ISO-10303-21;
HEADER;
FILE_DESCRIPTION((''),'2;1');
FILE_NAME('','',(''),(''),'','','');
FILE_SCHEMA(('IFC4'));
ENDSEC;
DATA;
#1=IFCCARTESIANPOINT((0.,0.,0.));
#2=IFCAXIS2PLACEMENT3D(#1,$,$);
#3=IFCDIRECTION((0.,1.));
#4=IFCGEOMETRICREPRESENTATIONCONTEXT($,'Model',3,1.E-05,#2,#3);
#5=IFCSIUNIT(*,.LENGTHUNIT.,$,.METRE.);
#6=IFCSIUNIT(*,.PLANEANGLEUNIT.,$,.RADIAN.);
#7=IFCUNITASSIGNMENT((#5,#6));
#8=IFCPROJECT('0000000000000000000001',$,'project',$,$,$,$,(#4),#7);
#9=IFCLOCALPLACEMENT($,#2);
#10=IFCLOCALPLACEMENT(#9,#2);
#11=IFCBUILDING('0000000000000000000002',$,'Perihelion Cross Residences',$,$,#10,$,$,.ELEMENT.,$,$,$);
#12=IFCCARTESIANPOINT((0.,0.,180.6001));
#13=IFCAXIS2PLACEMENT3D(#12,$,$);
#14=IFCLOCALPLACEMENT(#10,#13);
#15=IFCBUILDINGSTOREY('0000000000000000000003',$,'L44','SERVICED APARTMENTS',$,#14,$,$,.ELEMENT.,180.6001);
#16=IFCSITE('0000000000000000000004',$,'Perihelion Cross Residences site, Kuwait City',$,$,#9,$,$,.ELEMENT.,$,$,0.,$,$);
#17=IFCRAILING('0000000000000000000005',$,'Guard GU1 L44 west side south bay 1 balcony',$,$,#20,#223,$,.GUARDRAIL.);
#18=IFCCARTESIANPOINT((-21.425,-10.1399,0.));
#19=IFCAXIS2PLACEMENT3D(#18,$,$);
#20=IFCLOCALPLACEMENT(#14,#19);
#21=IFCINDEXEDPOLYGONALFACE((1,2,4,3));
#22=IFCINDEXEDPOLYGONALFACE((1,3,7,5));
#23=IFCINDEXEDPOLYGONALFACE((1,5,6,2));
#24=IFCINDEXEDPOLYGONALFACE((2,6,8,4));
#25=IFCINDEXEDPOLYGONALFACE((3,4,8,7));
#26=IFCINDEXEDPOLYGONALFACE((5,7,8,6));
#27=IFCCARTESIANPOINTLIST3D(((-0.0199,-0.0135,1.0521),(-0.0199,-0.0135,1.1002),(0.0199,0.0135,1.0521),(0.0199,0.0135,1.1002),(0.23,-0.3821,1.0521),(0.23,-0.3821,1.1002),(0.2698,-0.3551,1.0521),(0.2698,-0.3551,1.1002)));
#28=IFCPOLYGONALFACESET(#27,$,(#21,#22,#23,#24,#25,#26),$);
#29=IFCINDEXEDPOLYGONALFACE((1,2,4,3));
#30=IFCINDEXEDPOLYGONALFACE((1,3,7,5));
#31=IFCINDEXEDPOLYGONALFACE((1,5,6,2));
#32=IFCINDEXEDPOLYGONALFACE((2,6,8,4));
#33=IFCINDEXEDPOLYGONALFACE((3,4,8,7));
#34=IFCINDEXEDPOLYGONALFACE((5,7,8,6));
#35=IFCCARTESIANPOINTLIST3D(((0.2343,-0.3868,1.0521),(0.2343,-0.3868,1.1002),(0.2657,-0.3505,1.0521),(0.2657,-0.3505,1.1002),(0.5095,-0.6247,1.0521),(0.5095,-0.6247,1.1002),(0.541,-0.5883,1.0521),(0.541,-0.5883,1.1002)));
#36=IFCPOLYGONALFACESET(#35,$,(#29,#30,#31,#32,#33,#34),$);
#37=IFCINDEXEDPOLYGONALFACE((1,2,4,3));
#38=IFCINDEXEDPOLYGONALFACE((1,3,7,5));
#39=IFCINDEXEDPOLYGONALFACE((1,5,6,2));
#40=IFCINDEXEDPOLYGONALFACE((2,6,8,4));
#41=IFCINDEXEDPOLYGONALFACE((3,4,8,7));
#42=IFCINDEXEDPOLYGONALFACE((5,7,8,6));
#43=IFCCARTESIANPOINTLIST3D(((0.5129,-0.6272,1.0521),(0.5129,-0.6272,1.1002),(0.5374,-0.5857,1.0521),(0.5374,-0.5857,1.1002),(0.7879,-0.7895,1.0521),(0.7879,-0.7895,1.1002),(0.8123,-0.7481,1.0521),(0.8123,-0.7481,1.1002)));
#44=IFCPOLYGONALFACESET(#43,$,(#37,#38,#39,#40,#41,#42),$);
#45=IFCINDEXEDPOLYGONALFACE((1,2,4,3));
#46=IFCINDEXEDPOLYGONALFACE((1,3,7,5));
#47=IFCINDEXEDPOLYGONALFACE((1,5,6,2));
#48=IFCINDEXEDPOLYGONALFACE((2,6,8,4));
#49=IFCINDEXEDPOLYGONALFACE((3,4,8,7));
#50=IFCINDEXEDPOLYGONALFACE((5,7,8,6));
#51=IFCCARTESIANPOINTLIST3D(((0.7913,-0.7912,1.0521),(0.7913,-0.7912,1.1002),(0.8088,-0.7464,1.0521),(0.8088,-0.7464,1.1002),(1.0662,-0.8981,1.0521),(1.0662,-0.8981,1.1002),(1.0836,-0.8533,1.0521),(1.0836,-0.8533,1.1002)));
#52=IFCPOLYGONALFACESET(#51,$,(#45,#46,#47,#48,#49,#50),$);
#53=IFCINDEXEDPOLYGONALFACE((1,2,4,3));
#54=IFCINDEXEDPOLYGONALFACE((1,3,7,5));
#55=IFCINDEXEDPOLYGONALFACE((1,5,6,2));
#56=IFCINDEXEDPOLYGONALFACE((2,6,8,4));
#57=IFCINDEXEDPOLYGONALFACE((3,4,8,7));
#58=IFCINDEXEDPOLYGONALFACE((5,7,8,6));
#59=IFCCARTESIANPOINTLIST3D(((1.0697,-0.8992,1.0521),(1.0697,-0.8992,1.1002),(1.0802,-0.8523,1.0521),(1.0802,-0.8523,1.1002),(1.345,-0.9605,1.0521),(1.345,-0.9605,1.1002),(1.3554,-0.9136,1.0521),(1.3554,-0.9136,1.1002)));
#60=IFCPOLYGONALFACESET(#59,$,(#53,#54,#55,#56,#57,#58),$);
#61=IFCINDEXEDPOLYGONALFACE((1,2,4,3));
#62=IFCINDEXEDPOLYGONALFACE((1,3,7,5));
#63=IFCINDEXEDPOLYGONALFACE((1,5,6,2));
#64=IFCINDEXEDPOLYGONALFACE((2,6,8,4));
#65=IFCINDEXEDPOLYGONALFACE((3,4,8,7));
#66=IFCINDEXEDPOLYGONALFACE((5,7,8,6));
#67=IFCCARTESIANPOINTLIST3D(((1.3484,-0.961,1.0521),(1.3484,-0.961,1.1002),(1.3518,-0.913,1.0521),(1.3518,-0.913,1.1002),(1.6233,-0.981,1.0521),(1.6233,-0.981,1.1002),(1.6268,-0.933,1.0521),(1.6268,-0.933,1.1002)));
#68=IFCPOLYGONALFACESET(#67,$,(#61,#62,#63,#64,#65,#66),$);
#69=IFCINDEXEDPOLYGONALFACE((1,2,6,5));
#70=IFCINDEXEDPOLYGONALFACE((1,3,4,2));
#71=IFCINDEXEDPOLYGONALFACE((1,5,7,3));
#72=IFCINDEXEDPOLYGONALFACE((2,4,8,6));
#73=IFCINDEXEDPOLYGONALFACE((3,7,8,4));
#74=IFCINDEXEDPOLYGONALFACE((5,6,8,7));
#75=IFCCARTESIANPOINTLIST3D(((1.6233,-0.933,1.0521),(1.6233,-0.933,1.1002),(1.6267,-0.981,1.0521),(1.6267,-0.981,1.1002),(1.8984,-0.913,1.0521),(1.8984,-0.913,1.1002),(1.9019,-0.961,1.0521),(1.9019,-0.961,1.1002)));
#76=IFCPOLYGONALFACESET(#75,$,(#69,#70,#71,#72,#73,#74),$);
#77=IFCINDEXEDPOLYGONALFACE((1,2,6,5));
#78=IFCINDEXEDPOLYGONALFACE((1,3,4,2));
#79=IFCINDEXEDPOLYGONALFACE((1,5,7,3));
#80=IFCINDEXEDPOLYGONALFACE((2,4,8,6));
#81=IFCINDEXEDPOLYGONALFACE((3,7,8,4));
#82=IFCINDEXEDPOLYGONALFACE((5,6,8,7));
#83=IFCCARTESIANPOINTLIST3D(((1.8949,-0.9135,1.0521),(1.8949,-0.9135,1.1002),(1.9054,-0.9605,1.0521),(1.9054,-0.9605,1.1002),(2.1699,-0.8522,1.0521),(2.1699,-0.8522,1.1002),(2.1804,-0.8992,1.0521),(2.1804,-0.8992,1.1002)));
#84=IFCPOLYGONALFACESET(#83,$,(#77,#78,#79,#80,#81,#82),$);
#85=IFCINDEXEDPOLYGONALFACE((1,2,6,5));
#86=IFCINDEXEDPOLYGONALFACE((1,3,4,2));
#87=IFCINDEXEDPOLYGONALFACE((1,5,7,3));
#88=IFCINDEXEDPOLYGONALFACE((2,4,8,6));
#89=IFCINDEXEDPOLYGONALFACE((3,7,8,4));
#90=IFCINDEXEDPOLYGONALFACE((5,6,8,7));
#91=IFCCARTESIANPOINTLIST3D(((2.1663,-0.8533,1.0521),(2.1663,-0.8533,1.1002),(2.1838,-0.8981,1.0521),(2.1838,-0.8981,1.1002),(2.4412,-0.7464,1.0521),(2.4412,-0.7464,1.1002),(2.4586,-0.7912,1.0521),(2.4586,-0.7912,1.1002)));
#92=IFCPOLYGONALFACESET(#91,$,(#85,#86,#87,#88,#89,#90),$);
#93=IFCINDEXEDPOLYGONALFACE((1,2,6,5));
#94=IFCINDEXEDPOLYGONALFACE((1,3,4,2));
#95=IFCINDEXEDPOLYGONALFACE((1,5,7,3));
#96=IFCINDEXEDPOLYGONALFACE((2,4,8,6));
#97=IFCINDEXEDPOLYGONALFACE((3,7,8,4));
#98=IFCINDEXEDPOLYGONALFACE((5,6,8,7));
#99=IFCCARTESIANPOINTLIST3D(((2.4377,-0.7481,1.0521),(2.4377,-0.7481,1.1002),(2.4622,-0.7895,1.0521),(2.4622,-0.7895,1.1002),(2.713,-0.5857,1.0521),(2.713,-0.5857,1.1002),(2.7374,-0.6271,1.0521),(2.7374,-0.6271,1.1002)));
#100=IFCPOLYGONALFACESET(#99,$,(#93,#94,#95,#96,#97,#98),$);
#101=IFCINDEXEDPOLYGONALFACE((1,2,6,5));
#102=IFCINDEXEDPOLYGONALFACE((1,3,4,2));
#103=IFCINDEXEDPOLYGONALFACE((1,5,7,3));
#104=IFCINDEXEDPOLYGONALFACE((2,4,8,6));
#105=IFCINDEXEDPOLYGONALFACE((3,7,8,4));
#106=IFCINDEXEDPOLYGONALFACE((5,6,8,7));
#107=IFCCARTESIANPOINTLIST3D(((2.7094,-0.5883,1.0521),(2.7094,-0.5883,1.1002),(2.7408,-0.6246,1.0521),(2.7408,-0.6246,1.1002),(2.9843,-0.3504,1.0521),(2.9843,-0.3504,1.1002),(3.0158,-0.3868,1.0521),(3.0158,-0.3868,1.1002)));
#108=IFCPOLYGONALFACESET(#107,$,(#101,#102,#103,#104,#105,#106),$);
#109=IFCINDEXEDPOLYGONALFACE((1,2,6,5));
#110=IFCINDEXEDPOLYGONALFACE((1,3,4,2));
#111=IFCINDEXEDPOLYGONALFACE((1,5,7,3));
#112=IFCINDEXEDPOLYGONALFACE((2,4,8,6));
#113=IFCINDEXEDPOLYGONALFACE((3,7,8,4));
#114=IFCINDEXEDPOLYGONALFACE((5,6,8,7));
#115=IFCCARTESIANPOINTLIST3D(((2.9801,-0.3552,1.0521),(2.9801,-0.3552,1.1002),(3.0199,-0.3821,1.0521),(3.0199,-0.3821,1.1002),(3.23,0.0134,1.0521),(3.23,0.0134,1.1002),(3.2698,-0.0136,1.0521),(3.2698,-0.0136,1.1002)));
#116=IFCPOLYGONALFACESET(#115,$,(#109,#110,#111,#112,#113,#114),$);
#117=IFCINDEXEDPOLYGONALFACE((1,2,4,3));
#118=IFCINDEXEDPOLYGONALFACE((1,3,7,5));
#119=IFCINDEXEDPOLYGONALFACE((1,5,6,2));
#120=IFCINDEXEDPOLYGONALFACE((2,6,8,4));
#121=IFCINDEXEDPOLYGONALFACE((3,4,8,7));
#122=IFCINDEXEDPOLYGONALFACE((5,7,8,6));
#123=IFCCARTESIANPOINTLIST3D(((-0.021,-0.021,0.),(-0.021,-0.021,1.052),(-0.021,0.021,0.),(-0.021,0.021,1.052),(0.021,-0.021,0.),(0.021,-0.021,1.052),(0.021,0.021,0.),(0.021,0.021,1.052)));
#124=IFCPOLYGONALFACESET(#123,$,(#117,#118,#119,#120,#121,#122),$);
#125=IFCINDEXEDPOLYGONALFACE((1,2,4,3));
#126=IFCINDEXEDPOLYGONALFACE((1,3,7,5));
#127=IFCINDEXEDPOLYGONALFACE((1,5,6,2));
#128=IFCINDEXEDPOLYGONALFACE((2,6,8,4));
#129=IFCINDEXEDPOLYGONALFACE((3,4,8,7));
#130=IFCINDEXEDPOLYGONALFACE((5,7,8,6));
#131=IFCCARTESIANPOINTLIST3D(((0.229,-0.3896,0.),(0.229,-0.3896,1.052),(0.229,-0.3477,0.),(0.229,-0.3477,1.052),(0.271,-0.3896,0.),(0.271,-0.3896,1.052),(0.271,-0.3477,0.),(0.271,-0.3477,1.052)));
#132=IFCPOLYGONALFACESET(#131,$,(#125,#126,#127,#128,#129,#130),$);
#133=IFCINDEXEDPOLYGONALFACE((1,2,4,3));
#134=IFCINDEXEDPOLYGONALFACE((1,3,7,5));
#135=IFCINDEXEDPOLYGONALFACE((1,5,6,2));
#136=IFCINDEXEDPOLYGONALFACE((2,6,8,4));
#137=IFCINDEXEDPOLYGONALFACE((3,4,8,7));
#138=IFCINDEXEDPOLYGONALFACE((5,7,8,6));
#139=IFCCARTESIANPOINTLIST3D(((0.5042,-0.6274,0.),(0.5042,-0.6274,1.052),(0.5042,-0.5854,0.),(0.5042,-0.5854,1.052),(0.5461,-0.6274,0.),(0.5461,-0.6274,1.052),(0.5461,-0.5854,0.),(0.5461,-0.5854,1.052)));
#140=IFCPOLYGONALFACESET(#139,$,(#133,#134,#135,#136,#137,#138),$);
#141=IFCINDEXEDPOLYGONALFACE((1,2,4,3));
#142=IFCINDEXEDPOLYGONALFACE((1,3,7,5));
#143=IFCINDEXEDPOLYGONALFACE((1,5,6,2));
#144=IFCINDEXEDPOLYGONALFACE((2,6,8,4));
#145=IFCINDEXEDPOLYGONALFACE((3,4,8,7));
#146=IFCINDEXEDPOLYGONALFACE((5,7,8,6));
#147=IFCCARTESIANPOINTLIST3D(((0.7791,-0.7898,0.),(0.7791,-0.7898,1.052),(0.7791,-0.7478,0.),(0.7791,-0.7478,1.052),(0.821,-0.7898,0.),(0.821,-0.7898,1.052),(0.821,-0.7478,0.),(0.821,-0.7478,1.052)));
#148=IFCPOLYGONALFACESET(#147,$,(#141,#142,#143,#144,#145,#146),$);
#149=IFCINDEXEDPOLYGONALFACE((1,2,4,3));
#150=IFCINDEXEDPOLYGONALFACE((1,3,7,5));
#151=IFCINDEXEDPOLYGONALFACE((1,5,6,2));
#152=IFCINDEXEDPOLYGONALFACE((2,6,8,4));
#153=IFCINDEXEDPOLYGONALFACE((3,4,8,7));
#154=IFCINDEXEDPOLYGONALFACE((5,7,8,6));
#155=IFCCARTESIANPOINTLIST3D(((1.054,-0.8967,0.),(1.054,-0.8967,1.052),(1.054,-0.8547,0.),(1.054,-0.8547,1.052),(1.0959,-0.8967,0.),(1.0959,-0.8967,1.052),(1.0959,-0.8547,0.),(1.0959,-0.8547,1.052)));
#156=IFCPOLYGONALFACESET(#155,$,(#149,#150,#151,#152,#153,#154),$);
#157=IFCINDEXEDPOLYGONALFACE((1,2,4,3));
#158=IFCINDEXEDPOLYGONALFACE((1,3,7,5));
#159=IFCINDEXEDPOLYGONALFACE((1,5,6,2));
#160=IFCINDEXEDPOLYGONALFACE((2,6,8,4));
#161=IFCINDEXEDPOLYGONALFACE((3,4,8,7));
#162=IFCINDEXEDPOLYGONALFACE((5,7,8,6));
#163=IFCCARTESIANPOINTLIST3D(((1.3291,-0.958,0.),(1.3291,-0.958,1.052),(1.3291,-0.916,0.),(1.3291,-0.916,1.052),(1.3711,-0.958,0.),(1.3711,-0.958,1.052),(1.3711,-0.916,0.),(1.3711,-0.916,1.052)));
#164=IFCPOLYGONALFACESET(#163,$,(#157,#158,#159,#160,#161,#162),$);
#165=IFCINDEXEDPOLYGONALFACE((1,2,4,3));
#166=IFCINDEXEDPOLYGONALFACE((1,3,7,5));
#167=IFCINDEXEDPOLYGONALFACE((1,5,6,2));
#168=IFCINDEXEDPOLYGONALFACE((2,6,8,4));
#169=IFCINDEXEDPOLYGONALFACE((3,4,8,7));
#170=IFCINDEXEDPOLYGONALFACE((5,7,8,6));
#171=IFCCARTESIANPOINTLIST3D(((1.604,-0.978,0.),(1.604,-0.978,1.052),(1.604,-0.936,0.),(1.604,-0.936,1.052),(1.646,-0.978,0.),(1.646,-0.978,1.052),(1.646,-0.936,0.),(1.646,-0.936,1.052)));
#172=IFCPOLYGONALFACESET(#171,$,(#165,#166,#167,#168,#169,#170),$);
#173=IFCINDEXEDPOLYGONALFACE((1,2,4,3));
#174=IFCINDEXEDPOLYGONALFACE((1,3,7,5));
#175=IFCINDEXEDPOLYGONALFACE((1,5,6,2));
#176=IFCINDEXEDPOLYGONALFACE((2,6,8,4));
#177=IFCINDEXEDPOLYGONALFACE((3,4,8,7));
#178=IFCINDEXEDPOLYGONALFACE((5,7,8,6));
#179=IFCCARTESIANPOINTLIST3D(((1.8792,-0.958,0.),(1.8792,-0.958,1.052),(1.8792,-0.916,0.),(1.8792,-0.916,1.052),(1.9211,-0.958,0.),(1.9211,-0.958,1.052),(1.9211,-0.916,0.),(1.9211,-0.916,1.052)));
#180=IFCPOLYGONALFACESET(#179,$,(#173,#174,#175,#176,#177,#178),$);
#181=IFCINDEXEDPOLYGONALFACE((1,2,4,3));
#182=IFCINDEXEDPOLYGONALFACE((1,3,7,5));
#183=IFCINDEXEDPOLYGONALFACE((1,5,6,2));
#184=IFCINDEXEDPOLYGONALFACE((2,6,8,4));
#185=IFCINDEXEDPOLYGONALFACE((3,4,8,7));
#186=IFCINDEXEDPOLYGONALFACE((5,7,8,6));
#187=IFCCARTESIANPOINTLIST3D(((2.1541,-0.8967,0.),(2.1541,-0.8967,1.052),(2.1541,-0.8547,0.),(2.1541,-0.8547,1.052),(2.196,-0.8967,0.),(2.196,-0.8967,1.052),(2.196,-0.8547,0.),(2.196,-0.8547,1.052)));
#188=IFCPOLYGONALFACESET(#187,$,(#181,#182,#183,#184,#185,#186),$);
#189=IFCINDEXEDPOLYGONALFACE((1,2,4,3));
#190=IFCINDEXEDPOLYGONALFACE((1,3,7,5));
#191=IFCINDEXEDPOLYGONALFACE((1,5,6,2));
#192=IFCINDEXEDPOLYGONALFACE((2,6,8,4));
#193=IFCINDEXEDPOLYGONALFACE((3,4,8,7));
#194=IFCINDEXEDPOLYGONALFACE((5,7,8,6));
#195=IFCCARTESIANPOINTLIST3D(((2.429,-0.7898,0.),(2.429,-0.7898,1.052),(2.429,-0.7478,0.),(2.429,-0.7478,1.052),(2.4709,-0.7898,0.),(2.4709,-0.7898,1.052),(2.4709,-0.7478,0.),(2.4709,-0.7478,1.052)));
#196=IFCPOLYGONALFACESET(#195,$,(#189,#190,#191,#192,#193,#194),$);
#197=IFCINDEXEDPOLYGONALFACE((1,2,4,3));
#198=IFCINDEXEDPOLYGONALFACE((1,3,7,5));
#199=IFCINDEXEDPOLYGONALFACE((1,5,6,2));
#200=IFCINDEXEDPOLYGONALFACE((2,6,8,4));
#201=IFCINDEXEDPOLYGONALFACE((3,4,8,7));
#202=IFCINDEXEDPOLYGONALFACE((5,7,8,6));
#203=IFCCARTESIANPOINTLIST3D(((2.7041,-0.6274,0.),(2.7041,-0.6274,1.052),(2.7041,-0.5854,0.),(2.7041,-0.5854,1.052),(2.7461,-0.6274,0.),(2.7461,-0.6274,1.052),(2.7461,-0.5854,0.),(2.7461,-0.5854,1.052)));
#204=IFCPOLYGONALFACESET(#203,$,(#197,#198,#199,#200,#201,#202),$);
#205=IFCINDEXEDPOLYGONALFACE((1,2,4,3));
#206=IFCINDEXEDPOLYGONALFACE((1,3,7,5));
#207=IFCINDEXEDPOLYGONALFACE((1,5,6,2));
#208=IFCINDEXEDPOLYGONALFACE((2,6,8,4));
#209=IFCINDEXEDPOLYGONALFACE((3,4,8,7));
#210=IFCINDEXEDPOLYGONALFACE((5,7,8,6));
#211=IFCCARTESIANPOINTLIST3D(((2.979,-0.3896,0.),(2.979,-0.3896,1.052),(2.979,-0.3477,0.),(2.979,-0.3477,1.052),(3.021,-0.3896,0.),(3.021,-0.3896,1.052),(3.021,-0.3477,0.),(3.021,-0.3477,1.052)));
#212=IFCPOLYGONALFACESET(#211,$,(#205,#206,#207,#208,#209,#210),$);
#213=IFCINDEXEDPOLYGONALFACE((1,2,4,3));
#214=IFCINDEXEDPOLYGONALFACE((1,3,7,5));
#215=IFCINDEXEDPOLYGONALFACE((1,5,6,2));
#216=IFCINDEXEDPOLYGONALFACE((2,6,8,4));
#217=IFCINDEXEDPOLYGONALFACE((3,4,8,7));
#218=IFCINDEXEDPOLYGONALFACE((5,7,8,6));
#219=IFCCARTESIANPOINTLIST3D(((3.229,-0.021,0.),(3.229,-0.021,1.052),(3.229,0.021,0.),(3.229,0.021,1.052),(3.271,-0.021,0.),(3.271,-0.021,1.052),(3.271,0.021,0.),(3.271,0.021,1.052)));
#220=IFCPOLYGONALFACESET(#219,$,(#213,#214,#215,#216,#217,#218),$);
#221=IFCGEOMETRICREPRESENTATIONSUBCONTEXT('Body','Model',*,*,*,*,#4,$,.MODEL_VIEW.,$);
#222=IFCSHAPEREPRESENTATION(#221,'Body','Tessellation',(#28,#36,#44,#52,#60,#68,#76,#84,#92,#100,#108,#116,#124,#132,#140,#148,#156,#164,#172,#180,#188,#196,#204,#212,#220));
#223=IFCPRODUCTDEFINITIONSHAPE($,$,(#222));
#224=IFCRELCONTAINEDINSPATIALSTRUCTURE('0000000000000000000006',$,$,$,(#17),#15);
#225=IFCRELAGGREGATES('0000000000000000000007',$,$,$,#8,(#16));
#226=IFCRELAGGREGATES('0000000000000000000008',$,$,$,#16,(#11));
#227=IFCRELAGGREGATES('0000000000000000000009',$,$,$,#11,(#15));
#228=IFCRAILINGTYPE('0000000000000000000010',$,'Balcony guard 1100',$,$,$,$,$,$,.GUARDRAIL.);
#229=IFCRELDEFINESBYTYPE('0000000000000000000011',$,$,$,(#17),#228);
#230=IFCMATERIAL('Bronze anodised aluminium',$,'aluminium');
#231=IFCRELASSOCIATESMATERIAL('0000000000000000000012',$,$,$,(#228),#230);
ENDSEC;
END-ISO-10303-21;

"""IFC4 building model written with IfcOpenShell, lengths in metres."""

from ifc_helpers import new_model, si_unit, direction, frame, origin, origin_2d, place, context, subcontext, project, spatial, rectangle, extrude, material, type_object, element, save


model = new_model("IFC4")

# Units and contexts
model_context = context("Model", 3, precision=1e-05, world=origin(), true_north=direction((0.0, 1.0)))
body_context = subcontext(model_context, "Body", "Model", "MODEL_VIEW")
ifc_project = project(units=[si_unit("LENGTHUNIT", "METRE"), si_unit("PLANEANGLEUNIT", "RADIAN")], contexts=[model_context])

# Site, building, storey
site_placement = place(None, origin())
site = spatial("IfcSite", under=ifc_project, at=site_placement, Name="Perihelion Cross Residences site, Kuwait City", CompositionType="ELEMENT", RefElevation=0.0)
building_placement = place(site_placement, origin())
building = spatial("IfcBuilding", under=site, at=building_placement, Name="Perihelion Cross Residences", CompositionType="ELEMENT")
storey_placement = place(building_placement, frame((0.0, 0.0, 180.6001)))
storey = spatial("IfcBuildingStorey", under=building, at=storey_placement, Name="L44", Description="SERVICED APARTMENTS", CompositionType="ELEMENT", Elevation=180.6001)

# Railing
ifc_material_1 = material(Name="Bronze anodised aluminium", Category="aluminium")
railing_type_1 = type_object("IfcRailingType", Name="Balcony guard 1100", PredefinedType="GUARDRAIL", material=ifc_material_1)
railing_1_placement = place(storey_placement, frame((-21.425, -10.1399, 0.0)))
element("IfcRailing", 1, at=railing_1_placement, inside=storey, type_object=railing_type_1, Name="Guard GU1 L44 west side south bay 1 balcony", PredefinedType="GUARDRAIL", context=body_context, shape_type="SweptSolid", body=[
    extrude(rectangle(XDim=0.0481, YDim=0.0481, at=origin_2d()), frame((0.0, 0.0, 1.0762), z_axis=(0.56126, -0.827639, 0.0), x_axis=(0.827639, 0.56126, 0.0)), (0.0, 0.0, 1.0), 0.4453),
    extrude(rectangle(XDim=0.0481, YDim=0.0481, at=origin_2d()), frame((0.25, -0.3687, 1.0762), z_axis=(0.756597, -0.653882, 0.0), x_axis=(0.653882, 0.756597, 0.0)), (0.0, 0.0, 1.0), 0.3638),
    extrude(rectangle(XDim=0.0481, YDim=0.0481, at=origin_2d()), frame((0.5251, -0.6064, 1.0762), z_axis=(0.861048, -0.508523, 0.0), x_axis=(0.508523, 0.861048, 0.0)), (0.0, 0.0, 1.0), 0.3193),
    extrude(rectangle(XDim=0.0481, YDim=0.0481, at=origin_2d()), frame((0.8, -0.7688, 1.0762), z_axis=(0.931974, -0.362526, 0.0), x_axis=(0.362526, 0.931974, 0.0)), (0.0, 0.0, 1.0), 0.2949),
    extrude(rectangle(XDim=0.0481, YDim=0.0481, at=origin_2d()), frame((1.075, -0.8757, 1.0762), z_axis=(0.976085, -0.217389, 0.0), x_axis=(0.217389, 0.976085, 0.0)), (0.0, 0.0, 1.0), 0.282),
    extrude(rectangle(XDim=0.0481, YDim=0.0481, at=origin_2d()), frame((1.3501, -0.937, 1.0762), z_axis=(0.997359, -0.072632, 0.0), x_axis=(0.072632, 0.997359, 0.0)), (0.0, 0.0, 1.0), 0.2756),
    extrude(rectangle(XDim=0.0481, YDim=0.0481, at=origin_2d()), frame((1.625, -0.957, 1.0762), z_axis=(0.997363, 0.072568, 0.0), x_axis=(-0.072568, 0.997363, 0.0)), (0.0, 0.0, 1.0), 0.2759),
    extrude(rectangle(XDim=0.0481, YDim=0.0481, at=origin_2d()), frame((1.9001, -0.937, 1.0762), z_axis=(0.976044, 0.217573, 0.0), x_axis=(-0.217573, 0.976044, 0.0)), (0.0, 0.0, 1.0), 0.2817),
    extrude(rectangle(XDim=0.0481, YDim=0.0481, at=origin_2d()), frame((2.175, -0.8757, 1.0762), z_axis=(0.931974, 0.362526, 0.0), x_axis=(-0.362526, 0.931974, 0.0)), (0.0, 0.0, 1.0), 0.2949),
    extrude(rectangle(XDim=0.0481, YDim=0.0481, at=origin_2d()), frame((2.45, -0.7688, 1.0762), z_axis=(0.861246, 0.508189, 0.0), x_axis=(-0.508189, 0.861246, 0.0)), (0.0, 0.0, 1.0), 0.3196),
    extrude(rectangle(XDim=0.0481, YDim=0.0481, at=origin_2d()), frame((2.7251, -0.6064, 1.0762), z_axis=(0.756309, 0.654214, 0.0), x_axis=(-0.654214, 0.756309, 0.0)), (0.0, 0.0, 1.0), 0.3635),
    extrude(rectangle(XDim=0.0481, YDim=0.0481, at=origin_2d()), frame((3.0, -0.3687, 1.0762), z_axis=(0.56126, 0.827639, 0.0), x_axis=(-0.827639, 0.56126, 0.0)), (0.0, 0.0, 1.0), 0.4453),
    extrude(rectangle(XDim=0.042, YDim=0.042, at=origin_2d()), origin(), (0.0, 0.0, 1.0), 1.052),
    extrude(rectangle(XDim=0.042, YDim=0.042, at=origin_2d()), frame((0.25, -0.3687, 0.0)), (0.0, 0.0, 1.0), 1.052),
    extrude(rectangle(XDim=0.042, YDim=0.042, at=origin_2d()), frame((0.5251, -0.6064, 0.0)), (0.0, 0.0, 1.0), 1.052),
    extrude(rectangle(XDim=0.042, YDim=0.042, at=origin_2d()), frame((0.8, -0.7688, 0.0)), (0.0, 0.0, 1.0), 1.052),
    extrude(rectangle(XDim=0.042, YDim=0.042, at=origin_2d()), frame((1.075, -0.8757, 0.0)), (0.0, 0.0, 1.0), 1.052),
    extrude(rectangle(XDim=0.042, YDim=0.042, at=origin_2d()), frame((1.3501, -0.937, 0.0)), (0.0, 0.0, 1.0), 1.052),
    extrude(rectangle(XDim=0.042, YDim=0.042, at=origin_2d()), frame((1.625, -0.957, 0.0)), (0.0, 0.0, 1.0), 1.052),
    extrude(rectangle(XDim=0.042, YDim=0.042, at=origin_2d()), frame((1.9001, -0.937, 0.0)), (0.0, 0.0, 1.0), 1.052),
    extrude(rectangle(XDim=0.042, YDim=0.042, at=origin_2d()), frame((2.175, -0.8757, 0.0)), (0.0, 0.0, 1.0), 1.052),
    extrude(rectangle(XDim=0.042, YDim=0.042, at=origin_2d()), frame((2.45, -0.7688, 0.0)), (0.0, 0.0, 1.0), 1.052),
    extrude(rectangle(XDim=0.042, YDim=0.042, at=origin_2d()), frame((2.7251, -0.6064, 0.0)), (0.0, 0.0, 1.0), 1.052),
    extrude(rectangle(XDim=0.042, YDim=0.042, at=origin_2d()), frame((3.0, -0.3687, 0.0)), (0.0, 0.0, 1.0), 1.052),
    extrude(rectangle(XDim=0.042, YDim=0.042, at=origin_2d()), frame((3.25, 0.0, 0.0)), (0.0, 0.0, 1.0), 1.052),
])

save(model, "model.ifc")
